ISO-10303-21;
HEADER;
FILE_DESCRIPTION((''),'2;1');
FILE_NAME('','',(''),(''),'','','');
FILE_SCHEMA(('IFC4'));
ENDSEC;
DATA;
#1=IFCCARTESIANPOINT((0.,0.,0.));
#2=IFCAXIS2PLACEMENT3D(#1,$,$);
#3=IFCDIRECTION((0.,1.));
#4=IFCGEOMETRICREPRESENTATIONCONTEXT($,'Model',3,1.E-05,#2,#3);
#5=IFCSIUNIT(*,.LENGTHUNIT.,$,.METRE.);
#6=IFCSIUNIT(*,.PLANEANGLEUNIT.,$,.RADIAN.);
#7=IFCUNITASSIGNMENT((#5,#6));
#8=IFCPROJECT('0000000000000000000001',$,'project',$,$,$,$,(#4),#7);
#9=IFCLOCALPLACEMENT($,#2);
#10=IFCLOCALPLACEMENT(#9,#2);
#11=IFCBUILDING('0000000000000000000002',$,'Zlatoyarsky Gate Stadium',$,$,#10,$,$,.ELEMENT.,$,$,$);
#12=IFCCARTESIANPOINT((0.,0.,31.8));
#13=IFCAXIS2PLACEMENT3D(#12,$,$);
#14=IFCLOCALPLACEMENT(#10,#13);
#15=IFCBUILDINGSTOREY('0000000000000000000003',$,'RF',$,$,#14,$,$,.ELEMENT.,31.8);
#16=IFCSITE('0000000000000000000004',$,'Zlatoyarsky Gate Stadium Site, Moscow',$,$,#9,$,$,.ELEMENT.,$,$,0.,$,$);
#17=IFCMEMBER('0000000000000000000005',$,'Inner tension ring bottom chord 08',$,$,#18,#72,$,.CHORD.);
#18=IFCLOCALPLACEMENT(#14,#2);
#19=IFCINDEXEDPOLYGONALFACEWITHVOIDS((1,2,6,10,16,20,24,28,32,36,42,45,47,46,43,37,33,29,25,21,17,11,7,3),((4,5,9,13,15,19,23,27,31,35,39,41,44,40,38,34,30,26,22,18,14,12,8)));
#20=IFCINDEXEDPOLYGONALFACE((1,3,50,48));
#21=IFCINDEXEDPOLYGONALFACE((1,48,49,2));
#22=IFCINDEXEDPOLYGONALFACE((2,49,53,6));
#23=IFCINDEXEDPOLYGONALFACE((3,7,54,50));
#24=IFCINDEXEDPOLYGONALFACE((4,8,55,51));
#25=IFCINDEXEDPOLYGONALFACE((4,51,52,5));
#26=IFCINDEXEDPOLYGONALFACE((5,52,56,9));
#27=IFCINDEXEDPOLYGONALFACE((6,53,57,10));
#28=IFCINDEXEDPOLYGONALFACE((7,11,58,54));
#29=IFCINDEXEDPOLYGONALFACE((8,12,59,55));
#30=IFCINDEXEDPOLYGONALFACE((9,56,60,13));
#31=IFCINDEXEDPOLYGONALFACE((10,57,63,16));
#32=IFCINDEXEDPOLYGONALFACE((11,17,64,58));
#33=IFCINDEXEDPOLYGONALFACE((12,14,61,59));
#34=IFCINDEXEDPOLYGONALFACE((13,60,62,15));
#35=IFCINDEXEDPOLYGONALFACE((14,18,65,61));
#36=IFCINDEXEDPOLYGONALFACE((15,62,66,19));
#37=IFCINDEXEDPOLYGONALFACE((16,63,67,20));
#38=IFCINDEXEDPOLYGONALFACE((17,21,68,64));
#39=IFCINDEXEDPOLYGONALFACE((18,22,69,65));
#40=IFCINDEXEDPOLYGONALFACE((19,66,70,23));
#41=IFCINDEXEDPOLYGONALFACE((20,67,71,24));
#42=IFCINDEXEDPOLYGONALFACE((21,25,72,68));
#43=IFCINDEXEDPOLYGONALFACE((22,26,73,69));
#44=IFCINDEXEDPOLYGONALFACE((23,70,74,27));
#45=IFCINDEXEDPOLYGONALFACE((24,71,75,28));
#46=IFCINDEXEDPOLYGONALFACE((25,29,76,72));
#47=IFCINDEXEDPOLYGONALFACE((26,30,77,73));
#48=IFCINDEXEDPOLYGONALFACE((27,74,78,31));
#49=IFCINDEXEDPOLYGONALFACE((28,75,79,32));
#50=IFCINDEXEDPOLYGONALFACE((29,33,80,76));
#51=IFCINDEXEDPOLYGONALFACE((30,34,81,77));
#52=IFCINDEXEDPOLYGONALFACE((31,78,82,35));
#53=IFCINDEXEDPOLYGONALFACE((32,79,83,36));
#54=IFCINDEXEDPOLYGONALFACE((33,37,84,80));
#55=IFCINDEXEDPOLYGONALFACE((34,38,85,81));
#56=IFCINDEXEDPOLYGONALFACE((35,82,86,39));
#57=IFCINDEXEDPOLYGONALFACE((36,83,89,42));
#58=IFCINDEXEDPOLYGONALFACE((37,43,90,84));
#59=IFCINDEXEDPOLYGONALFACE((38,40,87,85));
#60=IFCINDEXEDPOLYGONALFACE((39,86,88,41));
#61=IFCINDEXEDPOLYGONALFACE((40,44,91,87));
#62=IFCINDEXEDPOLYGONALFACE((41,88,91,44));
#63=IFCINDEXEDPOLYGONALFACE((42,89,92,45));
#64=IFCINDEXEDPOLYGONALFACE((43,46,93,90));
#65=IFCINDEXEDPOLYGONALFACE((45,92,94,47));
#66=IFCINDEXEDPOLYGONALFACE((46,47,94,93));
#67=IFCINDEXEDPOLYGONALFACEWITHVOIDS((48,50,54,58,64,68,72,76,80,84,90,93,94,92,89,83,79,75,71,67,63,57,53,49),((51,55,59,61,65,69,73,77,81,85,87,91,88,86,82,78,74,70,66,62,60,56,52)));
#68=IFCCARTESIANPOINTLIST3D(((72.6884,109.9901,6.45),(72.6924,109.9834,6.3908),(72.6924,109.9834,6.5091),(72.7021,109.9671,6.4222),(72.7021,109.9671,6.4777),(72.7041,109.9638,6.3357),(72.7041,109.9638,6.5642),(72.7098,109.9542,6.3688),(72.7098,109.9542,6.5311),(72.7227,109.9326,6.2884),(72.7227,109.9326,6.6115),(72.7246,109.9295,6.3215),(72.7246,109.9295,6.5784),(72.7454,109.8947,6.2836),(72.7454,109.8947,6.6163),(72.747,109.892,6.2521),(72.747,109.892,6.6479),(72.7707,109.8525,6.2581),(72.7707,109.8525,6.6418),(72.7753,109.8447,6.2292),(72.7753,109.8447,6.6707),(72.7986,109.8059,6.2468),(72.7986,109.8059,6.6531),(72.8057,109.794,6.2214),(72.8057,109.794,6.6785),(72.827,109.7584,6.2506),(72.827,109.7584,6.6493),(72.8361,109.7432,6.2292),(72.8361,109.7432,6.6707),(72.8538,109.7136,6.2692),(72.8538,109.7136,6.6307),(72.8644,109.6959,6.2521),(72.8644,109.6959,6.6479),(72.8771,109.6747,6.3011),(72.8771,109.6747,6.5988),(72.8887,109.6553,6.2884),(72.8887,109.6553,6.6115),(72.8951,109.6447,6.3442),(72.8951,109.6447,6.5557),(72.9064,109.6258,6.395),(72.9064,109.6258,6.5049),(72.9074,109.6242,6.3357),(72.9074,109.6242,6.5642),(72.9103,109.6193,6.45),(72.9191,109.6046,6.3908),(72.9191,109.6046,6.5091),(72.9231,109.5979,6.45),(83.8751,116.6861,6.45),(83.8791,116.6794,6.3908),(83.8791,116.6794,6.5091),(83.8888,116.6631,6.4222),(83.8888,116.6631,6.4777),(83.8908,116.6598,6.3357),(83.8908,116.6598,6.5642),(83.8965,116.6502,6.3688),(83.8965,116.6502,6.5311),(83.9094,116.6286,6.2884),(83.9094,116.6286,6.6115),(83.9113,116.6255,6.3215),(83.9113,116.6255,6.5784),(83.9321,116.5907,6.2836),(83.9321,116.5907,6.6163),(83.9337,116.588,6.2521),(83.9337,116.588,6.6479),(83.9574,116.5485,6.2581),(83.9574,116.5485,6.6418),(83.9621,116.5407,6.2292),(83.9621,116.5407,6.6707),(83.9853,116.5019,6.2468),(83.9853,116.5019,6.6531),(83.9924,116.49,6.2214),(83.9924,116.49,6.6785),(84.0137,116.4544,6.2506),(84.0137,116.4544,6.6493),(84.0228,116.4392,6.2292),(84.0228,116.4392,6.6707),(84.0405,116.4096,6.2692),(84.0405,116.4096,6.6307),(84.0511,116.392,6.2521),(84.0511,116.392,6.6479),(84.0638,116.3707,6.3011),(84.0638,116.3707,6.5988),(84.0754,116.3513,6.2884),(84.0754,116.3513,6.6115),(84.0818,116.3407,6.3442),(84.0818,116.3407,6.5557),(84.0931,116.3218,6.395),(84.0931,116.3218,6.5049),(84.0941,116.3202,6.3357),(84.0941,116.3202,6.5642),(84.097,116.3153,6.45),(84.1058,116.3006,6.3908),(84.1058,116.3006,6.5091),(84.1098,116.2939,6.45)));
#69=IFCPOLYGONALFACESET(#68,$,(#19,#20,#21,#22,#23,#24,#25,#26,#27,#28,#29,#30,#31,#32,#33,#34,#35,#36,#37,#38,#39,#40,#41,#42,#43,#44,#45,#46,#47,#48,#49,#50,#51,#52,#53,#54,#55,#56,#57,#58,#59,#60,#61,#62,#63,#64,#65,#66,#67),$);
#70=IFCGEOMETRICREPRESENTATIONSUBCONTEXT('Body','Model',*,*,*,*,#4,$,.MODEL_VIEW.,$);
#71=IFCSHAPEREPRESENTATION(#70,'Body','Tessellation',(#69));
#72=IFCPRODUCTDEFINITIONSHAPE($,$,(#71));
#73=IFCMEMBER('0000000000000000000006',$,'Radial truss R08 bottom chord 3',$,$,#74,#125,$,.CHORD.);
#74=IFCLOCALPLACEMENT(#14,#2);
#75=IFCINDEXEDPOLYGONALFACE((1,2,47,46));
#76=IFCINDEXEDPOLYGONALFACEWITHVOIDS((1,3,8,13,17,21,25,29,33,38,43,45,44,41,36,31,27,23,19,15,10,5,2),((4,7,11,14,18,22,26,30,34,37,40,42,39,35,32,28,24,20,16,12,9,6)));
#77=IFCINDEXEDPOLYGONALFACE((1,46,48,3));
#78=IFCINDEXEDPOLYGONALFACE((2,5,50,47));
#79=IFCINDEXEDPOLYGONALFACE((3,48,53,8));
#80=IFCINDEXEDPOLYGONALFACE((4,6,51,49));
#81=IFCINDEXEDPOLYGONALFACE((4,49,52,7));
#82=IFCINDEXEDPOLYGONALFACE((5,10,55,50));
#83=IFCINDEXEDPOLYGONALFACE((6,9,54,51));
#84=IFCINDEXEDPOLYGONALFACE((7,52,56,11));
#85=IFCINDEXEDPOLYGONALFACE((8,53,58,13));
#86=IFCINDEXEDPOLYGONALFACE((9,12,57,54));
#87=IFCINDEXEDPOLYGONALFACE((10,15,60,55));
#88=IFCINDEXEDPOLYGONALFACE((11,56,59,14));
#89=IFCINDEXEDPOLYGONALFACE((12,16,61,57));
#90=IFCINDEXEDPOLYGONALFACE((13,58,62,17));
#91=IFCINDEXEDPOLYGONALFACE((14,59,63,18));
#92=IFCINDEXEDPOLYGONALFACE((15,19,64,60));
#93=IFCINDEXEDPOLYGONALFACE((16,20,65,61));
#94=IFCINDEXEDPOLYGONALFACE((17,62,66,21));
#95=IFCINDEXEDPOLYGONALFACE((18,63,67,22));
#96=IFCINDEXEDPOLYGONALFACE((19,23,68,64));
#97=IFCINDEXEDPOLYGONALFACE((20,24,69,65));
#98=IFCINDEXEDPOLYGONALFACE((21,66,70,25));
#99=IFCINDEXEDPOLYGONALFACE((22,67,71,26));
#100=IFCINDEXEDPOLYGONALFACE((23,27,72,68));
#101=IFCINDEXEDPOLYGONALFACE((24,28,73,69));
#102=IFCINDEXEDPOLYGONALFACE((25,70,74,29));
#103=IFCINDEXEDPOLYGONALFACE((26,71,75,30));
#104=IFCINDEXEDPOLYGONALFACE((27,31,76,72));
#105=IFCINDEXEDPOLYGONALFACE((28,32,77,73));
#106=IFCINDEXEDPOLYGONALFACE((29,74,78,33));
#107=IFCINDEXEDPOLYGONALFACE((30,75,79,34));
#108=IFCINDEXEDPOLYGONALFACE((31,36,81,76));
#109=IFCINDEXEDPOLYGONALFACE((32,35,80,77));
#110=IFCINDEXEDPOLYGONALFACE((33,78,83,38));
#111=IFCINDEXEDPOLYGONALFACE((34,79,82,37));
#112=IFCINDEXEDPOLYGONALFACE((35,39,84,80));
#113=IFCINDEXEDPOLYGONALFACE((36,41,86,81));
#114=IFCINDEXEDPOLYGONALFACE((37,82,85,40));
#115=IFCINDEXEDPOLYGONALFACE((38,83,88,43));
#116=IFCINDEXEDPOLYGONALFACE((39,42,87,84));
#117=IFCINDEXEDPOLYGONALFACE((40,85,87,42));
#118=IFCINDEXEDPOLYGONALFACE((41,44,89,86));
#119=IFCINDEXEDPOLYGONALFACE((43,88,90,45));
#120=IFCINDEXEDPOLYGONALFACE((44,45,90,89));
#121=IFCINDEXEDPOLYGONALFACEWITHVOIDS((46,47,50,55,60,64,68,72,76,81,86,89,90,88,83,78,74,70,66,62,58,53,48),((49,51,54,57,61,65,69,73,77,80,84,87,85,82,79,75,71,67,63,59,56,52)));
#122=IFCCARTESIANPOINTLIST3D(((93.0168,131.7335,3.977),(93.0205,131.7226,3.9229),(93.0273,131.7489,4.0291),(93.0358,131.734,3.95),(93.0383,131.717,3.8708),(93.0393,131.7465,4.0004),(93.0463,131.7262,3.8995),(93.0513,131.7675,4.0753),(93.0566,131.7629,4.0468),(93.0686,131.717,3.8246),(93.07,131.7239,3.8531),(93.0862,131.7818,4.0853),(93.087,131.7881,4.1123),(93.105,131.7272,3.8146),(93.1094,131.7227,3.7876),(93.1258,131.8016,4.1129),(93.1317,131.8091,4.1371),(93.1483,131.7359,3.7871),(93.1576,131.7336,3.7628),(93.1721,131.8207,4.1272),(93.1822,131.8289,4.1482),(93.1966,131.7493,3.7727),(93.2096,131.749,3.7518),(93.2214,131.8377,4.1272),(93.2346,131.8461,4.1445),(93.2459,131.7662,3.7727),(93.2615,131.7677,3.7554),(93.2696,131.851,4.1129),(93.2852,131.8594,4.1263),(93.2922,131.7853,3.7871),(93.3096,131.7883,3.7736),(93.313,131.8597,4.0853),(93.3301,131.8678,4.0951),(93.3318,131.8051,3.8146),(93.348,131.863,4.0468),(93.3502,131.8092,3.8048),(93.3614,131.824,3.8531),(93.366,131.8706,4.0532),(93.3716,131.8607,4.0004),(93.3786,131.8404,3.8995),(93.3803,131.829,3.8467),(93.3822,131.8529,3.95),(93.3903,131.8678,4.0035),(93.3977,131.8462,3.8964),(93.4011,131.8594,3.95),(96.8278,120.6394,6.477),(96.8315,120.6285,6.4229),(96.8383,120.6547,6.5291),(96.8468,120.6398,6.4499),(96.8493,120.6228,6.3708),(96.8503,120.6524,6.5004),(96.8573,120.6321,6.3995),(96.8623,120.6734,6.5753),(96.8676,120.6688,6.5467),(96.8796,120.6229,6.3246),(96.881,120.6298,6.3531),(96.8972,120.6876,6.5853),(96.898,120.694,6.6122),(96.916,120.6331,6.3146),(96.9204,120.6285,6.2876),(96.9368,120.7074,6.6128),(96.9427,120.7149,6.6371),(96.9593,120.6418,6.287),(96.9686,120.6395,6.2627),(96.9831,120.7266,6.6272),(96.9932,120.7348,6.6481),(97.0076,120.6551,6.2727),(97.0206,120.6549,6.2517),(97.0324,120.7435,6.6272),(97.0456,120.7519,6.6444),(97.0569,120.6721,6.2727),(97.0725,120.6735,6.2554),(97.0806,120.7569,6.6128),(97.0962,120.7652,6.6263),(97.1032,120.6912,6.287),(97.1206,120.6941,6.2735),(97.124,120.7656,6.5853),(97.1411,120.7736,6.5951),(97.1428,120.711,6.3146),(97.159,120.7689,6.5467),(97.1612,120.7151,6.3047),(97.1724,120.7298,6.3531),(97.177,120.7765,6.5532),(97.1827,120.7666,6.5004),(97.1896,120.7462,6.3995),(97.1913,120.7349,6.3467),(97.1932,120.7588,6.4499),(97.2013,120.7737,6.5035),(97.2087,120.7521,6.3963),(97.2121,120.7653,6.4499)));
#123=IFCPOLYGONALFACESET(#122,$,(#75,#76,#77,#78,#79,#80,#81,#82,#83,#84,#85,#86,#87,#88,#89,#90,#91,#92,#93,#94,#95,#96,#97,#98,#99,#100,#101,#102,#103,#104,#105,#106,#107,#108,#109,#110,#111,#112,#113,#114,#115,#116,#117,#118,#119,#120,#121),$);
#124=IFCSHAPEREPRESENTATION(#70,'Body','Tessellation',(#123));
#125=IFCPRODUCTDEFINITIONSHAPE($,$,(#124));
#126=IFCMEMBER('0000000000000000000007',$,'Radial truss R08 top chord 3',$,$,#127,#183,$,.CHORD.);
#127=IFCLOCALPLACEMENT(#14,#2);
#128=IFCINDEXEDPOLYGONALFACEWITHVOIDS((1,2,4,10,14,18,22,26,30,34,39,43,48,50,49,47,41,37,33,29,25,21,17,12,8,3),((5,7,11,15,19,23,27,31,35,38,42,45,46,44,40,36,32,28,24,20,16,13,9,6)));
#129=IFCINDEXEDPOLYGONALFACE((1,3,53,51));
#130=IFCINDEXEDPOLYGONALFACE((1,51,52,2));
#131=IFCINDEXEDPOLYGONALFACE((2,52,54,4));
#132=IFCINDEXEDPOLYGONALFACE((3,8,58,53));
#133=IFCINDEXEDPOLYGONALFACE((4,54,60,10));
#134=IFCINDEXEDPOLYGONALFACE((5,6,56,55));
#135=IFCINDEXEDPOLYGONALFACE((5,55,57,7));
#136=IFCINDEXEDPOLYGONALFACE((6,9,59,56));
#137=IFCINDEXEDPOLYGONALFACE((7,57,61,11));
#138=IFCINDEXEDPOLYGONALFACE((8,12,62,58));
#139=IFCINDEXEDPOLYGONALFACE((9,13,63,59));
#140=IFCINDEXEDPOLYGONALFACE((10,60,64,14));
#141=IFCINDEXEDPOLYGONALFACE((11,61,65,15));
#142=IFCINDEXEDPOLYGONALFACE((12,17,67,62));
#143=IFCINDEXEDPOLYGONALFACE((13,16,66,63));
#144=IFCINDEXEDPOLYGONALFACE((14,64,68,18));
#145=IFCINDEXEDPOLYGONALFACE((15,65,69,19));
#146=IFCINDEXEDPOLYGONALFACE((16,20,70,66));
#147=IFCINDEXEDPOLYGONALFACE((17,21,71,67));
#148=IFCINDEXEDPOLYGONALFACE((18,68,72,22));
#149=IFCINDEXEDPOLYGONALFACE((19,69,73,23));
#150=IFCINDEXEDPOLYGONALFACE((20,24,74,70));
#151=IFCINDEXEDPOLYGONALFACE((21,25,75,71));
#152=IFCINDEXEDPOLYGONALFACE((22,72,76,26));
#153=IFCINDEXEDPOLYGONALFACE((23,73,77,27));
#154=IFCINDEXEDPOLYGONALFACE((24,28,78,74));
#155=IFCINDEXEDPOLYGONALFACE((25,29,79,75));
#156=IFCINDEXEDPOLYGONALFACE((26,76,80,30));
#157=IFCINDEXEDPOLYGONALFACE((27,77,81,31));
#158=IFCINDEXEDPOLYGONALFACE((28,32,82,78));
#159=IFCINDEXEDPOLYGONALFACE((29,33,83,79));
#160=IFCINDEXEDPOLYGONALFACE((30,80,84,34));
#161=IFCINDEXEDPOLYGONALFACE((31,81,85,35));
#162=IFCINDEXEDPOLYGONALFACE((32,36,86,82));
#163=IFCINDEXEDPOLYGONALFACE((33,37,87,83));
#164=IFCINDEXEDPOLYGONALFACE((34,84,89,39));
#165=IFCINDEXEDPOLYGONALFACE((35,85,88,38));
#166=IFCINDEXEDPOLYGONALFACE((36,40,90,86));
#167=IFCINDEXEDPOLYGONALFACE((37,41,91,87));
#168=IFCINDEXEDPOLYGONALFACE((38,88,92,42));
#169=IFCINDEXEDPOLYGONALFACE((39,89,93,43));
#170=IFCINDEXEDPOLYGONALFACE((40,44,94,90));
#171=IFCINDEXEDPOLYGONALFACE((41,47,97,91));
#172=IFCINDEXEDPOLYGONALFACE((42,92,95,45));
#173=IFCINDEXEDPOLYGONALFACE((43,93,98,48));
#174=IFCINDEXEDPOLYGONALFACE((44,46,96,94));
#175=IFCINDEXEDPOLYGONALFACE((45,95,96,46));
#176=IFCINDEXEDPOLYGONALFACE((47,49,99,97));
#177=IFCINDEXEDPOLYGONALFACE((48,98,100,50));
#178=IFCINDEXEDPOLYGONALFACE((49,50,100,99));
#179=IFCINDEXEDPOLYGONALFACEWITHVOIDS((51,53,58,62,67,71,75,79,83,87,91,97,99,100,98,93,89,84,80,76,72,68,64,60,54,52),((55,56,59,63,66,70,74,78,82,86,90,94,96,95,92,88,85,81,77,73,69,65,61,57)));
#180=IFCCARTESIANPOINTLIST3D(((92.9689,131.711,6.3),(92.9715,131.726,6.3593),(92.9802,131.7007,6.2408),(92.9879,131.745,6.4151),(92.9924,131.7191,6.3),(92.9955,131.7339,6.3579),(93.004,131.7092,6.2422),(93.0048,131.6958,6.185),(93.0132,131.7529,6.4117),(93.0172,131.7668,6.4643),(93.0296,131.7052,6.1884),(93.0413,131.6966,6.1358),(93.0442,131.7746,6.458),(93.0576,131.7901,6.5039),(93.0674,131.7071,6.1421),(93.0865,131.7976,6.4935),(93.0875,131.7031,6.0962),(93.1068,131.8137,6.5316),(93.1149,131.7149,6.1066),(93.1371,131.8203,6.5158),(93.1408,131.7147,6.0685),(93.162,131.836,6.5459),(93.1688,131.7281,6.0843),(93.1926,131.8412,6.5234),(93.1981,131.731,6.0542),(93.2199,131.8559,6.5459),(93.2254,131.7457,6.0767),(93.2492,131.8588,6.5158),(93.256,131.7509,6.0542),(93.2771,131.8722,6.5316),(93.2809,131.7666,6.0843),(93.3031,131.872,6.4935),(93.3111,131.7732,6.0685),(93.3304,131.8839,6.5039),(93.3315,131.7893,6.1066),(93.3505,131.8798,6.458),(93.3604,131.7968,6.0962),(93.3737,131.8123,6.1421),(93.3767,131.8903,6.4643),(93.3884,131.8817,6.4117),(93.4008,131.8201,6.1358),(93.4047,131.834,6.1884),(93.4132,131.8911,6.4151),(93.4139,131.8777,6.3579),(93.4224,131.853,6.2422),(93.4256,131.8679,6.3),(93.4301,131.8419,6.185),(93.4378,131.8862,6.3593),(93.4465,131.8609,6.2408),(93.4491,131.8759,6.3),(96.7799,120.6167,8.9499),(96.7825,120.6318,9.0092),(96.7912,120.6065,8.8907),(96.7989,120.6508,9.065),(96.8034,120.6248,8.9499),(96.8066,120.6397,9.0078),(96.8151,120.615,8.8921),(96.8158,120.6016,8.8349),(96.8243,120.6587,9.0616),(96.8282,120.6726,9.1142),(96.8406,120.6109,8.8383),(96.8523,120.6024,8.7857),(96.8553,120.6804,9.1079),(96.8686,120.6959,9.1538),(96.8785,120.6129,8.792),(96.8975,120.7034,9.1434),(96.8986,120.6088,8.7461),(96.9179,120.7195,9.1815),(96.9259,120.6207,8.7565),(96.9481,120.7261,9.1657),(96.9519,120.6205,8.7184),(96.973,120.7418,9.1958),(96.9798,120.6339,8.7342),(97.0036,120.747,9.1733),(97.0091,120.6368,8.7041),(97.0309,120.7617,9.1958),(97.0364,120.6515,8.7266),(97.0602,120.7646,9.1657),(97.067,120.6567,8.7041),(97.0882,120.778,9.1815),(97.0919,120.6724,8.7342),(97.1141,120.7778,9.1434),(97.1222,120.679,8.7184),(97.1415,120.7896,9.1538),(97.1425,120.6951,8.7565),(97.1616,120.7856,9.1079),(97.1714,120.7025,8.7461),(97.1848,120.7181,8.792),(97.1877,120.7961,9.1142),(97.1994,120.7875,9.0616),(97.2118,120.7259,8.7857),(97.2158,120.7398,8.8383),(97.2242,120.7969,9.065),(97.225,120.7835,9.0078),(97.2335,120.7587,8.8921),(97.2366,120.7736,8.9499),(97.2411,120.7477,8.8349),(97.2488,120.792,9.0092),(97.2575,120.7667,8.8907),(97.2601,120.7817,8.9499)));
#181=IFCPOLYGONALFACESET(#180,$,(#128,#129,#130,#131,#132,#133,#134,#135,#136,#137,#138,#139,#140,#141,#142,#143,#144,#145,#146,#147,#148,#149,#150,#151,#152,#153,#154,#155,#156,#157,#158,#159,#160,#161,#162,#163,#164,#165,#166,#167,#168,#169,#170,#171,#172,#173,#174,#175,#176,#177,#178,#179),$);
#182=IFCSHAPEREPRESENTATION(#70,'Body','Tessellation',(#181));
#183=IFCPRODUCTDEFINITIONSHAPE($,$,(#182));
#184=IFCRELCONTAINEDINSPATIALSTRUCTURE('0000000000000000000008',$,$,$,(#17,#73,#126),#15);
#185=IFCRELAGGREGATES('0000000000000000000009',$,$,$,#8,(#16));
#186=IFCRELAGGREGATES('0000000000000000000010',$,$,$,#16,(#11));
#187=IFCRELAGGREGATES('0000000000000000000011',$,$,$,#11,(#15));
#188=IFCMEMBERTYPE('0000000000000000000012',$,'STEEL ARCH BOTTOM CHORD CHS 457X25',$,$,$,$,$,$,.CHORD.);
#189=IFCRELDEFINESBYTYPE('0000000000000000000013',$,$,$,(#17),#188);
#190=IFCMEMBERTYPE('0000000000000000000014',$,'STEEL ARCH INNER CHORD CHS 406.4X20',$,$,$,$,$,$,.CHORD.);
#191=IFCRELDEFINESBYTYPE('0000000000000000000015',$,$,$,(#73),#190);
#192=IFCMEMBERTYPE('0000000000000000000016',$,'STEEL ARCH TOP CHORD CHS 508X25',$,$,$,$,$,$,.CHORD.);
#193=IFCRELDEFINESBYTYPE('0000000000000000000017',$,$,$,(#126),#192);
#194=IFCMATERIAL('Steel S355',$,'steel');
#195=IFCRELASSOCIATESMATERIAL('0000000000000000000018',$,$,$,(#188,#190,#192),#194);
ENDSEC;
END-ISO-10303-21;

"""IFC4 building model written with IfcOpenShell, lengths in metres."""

from ifc_helpers import new_model, si_unit, direction, frame, origin, origin_2d, place, context, subcontext, project, spatial, hollow_circle, extrude, material, material_profile, profile_set, type_object, element, save


model = new_model("IFC4")

# Units and contexts
model_context = context("Model", 3, precision=1e-05, world=origin(), true_north=direction((0.0, 1.0)))
body_context = subcontext(model_context, "Body", "Model", "MODEL_VIEW")
ifc_project = project(units=[si_unit("LENGTHUNIT", "METRE"), si_unit("PLANEANGLEUNIT", "RADIAN")], contexts=[model_context])

# Site, building, storey
site_placement = place(None, origin())
site = spatial("IfcSite", under=ifc_project, at=site_placement, Name="Zlatoyarsky Gate Stadium Site, Moscow", CompositionType="ELEMENT", RefElevation=0.0)
building_placement = place(site_placement, origin())
building = spatial("IfcBuilding", under=site, at=building_placement, Name="Zlatoyarsky Gate Stadium", CompositionType="ELEMENT")
storey_placement = place(building_placement, frame((0.0, 0.0, 31.8)))
storey = spatial("IfcBuildingStorey", under=building, at=storey_placement, Name="RF", CompositionType="ELEMENT", Elevation=31.8)

# Members
ifc_material_1 = material(Name="Steel S355", Category="steel")
ifc_material_profile_1 = material_profile(ifc_material_1, hollow_circle(Radius=0.2285, WallThickness=0.0249, at=origin_2d()), Name="CHS 457X25")
ifc_profile_set_1 = profile_set([ifc_material_profile_1], Name="Steel S355")
member_type_1 = type_object("IfcMemberType", Name="STEEL ARCH BOTTOM CHORD CHS 457X25", PredefinedType="CHORD", material=ifc_profile_set_1)
member_1_placement = place(storey_placement, frame((83.9924, 116.49, 6.45), z_axis=(-0.858034, -0.513592, 0.0), x_axis=(0.513592, -0.858034, 0.0)))
element("IfcMember", 1, at=member_1_placement, inside=storey, type_object=member_type_1, Name="Inner tension ring bottom chord 08", PredefinedType="CHORD", context=body_context, shape_type="SweptSolid", body=[
    extrude(hollow_circle(Radius=0.2285, WallThickness=0.0249, at=origin_2d()), origin(), (0.0, 0.0, 1.0), 13.0376),
])
ifc_material_profile_2 = material_profile(ifc_material_1, hollow_circle(Radius=0.2031, WallThickness=0.02, at=origin_2d()), Name="CHS 406.4X20")
ifc_profile_set_2 = profile_set([ifc_material_profile_2], Name="Steel S355")
member_type_2 = type_object("IfcMemberType", Name="STEEL ARCH INNER CHORD CHS 406.4X20", PredefinedType="CHORD", material=ifc_profile_set_2)
member_2_placement = place(storey_placement, frame((93.209, 131.7935, 3.95), z_axis=(0.317745, -0.924982, 0.208437), x_axis=(0.945755, 0.324881, 0.0)))
element("IfcMember", 2, at=member_2_placement, inside=storey, type_object=member_type_2, Name="Radial truss R08 bottom chord 3", PredefinedType="CHORD", context=body_context, shape_type="SweptSolid", body=[
    extrude(hollow_circle(Radius=0.2031, WallThickness=0.02, at=origin_2d()), origin(), (0.0, 0.0, 1.0), 11.9939),
])
ifc_material_profile_3 = material_profile(ifc_material_1, hollow_circle(Radius=0.2539, WallThickness=0.0249, at=origin_2d()), Name="CHS 508X25")
ifc_profile_set_3 = profile_set([ifc_material_profile_3], Name="Steel S355")
member_type_3 = type_object("IfcMemberType", Name="STEEL ARCH TOP CHORD CHS 508X25", PredefinedType="CHORD", material=ifc_profile_set_3)
member_3_placement = place(storey_placement, frame((93.209, 131.7935, 6.3), z_axis=(0.316896, -0.92251, 0.220345), x_axis=(0.945755, 0.324881, 0.0)))
element("IfcMember", 3, at=member_3_placement, inside=storey, type_object=member_type_3, Name="Radial truss R08 top chord 3", PredefinedType="CHORD", context=body_context, shape_type="SweptSolid", body=[
    extrude(hollow_circle(Radius=0.2539, WallThickness=0.0249, at=origin_2d()), origin(), (0.0, 0.0, 1.0), 12.0261),
])

save(model, "model.ifc")
